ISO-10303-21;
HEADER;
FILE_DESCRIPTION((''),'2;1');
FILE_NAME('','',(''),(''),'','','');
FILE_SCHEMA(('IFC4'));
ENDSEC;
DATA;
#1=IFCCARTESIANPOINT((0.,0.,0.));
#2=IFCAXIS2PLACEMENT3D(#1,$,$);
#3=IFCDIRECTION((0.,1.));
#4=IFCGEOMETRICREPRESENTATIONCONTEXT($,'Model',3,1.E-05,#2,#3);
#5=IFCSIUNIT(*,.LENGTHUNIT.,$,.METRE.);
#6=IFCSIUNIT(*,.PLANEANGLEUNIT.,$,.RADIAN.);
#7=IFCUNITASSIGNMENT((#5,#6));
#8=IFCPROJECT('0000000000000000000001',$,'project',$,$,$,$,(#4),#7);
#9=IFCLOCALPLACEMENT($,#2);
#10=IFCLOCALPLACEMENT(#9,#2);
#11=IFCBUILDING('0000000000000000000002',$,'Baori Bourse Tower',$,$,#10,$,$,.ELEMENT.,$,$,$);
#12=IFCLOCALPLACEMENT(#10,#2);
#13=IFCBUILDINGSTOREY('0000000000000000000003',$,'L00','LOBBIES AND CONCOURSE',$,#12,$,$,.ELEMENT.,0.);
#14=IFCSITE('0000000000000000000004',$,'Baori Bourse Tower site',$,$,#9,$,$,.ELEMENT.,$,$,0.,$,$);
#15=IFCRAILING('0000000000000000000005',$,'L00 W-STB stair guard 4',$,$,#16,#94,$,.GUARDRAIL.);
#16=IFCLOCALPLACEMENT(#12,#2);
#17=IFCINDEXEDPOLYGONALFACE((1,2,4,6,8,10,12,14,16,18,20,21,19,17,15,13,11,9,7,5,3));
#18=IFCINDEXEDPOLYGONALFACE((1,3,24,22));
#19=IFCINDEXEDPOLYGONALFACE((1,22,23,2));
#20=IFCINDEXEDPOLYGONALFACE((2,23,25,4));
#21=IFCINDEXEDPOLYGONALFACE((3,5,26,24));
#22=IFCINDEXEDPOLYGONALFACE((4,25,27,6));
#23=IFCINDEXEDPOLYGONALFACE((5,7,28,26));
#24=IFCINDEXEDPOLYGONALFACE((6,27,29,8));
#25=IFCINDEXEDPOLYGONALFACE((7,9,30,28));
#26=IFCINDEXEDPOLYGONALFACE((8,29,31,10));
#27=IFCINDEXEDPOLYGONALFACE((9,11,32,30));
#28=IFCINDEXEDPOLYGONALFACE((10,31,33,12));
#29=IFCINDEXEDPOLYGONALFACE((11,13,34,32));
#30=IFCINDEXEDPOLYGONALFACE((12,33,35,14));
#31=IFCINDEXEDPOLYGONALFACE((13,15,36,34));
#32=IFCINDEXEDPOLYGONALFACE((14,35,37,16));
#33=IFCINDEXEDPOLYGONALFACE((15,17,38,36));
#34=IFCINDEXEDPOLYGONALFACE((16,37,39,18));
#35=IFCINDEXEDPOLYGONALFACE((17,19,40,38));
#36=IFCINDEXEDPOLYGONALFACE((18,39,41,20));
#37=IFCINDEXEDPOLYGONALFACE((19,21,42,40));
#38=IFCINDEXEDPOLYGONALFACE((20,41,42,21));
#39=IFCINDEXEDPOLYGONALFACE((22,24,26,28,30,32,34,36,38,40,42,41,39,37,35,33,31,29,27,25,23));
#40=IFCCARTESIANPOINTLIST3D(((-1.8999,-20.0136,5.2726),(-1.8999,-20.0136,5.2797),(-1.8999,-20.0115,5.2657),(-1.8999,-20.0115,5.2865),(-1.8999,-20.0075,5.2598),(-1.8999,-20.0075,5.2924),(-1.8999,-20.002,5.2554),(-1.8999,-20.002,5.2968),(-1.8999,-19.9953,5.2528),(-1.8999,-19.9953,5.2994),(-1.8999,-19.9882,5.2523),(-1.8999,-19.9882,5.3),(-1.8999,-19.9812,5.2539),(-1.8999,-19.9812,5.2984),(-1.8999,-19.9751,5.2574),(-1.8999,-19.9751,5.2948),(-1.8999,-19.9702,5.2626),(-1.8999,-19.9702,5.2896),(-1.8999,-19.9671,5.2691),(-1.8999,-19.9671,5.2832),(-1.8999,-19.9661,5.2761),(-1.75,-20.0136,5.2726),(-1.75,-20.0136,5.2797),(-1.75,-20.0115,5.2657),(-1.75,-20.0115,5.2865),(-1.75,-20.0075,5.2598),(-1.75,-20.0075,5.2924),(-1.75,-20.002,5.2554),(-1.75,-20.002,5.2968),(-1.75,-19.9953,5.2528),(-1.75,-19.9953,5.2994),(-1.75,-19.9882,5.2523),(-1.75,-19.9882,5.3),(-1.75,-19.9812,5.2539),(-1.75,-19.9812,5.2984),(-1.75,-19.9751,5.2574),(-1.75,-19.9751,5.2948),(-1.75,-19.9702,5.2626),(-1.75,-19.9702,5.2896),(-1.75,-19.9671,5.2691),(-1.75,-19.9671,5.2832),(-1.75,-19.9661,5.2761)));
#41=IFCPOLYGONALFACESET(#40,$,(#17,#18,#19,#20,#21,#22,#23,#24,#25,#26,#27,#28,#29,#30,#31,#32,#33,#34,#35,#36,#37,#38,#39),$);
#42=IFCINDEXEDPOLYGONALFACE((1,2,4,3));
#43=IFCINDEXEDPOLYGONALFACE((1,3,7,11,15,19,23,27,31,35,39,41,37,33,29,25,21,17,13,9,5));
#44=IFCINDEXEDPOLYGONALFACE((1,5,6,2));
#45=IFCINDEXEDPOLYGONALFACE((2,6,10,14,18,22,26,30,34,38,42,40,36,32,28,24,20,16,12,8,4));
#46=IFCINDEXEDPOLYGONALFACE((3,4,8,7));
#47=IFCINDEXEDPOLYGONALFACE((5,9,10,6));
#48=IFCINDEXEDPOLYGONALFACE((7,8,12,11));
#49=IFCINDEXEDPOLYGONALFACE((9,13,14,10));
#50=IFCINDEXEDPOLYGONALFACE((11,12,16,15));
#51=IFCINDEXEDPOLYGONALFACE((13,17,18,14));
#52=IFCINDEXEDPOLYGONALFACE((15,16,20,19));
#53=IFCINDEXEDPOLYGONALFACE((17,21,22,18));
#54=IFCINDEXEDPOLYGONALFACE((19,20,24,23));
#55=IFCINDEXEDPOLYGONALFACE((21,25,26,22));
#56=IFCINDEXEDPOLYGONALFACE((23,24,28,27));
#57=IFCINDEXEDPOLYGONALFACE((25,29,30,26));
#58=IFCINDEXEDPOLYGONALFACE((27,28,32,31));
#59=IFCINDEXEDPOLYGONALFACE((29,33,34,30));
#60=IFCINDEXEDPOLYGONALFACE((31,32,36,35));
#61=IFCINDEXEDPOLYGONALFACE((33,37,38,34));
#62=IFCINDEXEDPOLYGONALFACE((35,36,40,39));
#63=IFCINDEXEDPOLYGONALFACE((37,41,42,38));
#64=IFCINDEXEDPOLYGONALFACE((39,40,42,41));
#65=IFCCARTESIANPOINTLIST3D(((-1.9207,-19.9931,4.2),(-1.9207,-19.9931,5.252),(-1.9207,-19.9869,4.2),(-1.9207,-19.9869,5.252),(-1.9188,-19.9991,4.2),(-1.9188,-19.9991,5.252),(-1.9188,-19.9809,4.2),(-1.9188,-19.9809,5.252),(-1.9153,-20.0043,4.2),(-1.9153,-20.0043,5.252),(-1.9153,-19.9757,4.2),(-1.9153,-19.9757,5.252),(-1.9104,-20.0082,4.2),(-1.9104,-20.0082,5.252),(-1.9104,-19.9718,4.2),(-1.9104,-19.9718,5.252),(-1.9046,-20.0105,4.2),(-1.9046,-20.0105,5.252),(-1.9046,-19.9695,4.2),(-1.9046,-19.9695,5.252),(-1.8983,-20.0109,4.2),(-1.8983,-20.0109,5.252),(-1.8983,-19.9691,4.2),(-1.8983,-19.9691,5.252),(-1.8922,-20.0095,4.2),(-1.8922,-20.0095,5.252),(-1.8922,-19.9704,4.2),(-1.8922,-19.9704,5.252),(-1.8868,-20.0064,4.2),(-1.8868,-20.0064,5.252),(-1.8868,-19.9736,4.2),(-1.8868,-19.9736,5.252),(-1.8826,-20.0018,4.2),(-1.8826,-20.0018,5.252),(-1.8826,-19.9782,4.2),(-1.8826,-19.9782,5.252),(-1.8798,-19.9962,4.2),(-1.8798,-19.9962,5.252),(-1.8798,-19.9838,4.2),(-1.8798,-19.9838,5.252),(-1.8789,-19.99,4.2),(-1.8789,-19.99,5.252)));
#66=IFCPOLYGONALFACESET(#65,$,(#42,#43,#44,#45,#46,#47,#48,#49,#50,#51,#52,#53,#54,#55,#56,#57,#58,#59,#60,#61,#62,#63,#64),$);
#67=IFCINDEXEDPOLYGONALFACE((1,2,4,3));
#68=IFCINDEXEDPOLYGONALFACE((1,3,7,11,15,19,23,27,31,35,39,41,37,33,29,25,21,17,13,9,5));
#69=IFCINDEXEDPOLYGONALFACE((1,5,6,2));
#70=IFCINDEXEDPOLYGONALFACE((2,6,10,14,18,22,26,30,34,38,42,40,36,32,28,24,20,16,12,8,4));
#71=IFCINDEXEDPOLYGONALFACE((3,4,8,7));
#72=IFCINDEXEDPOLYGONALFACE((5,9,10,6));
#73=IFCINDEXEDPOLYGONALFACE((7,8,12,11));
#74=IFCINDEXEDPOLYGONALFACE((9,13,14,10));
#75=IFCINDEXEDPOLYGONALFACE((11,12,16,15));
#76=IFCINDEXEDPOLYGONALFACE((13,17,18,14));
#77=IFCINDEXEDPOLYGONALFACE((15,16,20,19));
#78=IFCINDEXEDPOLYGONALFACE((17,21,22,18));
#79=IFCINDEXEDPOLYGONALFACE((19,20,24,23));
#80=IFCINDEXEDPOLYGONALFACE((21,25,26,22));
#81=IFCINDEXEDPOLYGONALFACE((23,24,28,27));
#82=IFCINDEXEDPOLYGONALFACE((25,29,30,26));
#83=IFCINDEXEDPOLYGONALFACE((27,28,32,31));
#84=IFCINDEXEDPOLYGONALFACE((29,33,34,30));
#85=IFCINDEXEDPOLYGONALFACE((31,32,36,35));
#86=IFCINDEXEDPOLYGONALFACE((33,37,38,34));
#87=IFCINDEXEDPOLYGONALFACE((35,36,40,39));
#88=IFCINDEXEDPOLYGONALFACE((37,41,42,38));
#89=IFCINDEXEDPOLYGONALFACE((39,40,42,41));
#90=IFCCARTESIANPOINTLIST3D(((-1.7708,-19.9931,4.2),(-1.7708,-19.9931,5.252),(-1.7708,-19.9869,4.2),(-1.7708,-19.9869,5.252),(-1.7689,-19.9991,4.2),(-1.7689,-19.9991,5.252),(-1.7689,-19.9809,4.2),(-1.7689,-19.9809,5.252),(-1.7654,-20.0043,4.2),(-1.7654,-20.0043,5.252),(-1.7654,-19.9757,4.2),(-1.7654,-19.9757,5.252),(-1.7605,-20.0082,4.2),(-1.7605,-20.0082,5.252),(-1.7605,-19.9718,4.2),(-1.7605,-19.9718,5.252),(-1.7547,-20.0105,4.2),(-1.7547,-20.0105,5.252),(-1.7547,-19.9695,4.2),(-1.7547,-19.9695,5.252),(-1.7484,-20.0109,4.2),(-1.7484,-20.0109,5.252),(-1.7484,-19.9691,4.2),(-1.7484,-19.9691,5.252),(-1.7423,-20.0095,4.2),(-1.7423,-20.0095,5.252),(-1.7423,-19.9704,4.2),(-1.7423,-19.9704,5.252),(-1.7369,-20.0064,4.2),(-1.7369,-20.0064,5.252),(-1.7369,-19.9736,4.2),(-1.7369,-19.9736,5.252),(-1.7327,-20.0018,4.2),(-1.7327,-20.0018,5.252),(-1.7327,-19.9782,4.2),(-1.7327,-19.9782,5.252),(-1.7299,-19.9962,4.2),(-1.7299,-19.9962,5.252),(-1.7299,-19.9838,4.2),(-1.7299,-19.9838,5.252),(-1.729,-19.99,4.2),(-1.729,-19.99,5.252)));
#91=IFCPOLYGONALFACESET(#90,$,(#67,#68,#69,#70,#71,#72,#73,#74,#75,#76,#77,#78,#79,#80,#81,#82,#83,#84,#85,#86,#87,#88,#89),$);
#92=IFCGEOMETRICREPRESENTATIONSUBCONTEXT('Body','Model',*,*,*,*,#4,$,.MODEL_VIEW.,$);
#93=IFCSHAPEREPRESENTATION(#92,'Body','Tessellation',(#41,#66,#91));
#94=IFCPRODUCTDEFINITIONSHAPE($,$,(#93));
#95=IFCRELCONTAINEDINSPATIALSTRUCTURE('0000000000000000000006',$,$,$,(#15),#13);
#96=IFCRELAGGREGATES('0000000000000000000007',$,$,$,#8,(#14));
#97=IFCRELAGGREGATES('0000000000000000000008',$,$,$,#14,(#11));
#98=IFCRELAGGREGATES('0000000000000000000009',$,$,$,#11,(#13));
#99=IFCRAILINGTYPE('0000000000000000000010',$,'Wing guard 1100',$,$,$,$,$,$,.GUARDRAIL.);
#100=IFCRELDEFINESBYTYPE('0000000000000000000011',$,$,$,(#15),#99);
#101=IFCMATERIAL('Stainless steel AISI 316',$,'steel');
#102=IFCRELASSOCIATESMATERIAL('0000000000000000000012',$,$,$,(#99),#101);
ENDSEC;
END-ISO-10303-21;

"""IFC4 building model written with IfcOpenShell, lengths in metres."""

from ifc_helpers import new_model, si_unit, direction, frame, origin, origin_2d, place, context, subcontext, project, spatial, circle, extrude, material, type_object, element, save


model = new_model("IFC4")

# Units and contexts
model_context = context("Model", 3, precision=1e-05, world=origin(), true_north=direction((0.0, 1.0)))
body_context = subcontext(model_context, "Body", "Model", "MODEL_VIEW")
ifc_project = project(units=[si_unit("LENGTHUNIT", "METRE"), si_unit("PLANEANGLEUNIT", "RADIAN")], contexts=[model_context])

# Site, building, storey
site_placement = place(None, origin())
site = spatial("IfcSite", under=ifc_project, at=site_placement, Name="Baori Bourse Tower site", CompositionType="ELEMENT", RefElevation=0.0)
building_placement = place(site_placement, origin())
building = spatial("IfcBuilding", under=site, at=building_placement, Name="Baori Bourse Tower", CompositionType="ELEMENT")
storey_placement = place(building_placement, origin())
storey = spatial("IfcBuildingStorey", under=building, at=storey_placement, Name="L00", Description="LOBBIES AND CONCOURSE", CompositionType="ELEMENT", Elevation=0.0)

# Railing
ifc_material_1 = material(Name="Stainless steel AISI 316", Category="steel")
railing_type_1 = type_object("IfcRailingType", Name="Wing guard 1100", PredefinedType="GUARDRAIL", material=ifc_material_1)
railing_1_placement = place(storey_placement, frame((-1.8999, -19.99, 4.2)))
element("IfcRailing", 1, at=railing_1_placement, inside=storey, type_object=railing_type_1, Name="L00 W-STB stair guard 4", PredefinedType="GUARDRAIL", context=body_context, shape_type="SweptSolid", body=[
    extrude(circle(Radius=0.0239, at=origin_2d()), frame((0.0, 0.0, 1.0762), z_axis=(1.0, 0.0, 0.0), x_axis=(0.0, 1.0, 0.0)), (0.0, 0.0, 1.0), 0.1499),
    extrude(circle(Radius=0.021, at=origin_2d()), origin(), (0.0, 0.0, 1.0), 1.052),
    extrude(circle(Radius=0.021, at=origin_2d()), frame((0.1499, 0.0, 0.0)), (0.0, 0.0, 1.0), 1.052),
])

save(model, "model.ifc")
